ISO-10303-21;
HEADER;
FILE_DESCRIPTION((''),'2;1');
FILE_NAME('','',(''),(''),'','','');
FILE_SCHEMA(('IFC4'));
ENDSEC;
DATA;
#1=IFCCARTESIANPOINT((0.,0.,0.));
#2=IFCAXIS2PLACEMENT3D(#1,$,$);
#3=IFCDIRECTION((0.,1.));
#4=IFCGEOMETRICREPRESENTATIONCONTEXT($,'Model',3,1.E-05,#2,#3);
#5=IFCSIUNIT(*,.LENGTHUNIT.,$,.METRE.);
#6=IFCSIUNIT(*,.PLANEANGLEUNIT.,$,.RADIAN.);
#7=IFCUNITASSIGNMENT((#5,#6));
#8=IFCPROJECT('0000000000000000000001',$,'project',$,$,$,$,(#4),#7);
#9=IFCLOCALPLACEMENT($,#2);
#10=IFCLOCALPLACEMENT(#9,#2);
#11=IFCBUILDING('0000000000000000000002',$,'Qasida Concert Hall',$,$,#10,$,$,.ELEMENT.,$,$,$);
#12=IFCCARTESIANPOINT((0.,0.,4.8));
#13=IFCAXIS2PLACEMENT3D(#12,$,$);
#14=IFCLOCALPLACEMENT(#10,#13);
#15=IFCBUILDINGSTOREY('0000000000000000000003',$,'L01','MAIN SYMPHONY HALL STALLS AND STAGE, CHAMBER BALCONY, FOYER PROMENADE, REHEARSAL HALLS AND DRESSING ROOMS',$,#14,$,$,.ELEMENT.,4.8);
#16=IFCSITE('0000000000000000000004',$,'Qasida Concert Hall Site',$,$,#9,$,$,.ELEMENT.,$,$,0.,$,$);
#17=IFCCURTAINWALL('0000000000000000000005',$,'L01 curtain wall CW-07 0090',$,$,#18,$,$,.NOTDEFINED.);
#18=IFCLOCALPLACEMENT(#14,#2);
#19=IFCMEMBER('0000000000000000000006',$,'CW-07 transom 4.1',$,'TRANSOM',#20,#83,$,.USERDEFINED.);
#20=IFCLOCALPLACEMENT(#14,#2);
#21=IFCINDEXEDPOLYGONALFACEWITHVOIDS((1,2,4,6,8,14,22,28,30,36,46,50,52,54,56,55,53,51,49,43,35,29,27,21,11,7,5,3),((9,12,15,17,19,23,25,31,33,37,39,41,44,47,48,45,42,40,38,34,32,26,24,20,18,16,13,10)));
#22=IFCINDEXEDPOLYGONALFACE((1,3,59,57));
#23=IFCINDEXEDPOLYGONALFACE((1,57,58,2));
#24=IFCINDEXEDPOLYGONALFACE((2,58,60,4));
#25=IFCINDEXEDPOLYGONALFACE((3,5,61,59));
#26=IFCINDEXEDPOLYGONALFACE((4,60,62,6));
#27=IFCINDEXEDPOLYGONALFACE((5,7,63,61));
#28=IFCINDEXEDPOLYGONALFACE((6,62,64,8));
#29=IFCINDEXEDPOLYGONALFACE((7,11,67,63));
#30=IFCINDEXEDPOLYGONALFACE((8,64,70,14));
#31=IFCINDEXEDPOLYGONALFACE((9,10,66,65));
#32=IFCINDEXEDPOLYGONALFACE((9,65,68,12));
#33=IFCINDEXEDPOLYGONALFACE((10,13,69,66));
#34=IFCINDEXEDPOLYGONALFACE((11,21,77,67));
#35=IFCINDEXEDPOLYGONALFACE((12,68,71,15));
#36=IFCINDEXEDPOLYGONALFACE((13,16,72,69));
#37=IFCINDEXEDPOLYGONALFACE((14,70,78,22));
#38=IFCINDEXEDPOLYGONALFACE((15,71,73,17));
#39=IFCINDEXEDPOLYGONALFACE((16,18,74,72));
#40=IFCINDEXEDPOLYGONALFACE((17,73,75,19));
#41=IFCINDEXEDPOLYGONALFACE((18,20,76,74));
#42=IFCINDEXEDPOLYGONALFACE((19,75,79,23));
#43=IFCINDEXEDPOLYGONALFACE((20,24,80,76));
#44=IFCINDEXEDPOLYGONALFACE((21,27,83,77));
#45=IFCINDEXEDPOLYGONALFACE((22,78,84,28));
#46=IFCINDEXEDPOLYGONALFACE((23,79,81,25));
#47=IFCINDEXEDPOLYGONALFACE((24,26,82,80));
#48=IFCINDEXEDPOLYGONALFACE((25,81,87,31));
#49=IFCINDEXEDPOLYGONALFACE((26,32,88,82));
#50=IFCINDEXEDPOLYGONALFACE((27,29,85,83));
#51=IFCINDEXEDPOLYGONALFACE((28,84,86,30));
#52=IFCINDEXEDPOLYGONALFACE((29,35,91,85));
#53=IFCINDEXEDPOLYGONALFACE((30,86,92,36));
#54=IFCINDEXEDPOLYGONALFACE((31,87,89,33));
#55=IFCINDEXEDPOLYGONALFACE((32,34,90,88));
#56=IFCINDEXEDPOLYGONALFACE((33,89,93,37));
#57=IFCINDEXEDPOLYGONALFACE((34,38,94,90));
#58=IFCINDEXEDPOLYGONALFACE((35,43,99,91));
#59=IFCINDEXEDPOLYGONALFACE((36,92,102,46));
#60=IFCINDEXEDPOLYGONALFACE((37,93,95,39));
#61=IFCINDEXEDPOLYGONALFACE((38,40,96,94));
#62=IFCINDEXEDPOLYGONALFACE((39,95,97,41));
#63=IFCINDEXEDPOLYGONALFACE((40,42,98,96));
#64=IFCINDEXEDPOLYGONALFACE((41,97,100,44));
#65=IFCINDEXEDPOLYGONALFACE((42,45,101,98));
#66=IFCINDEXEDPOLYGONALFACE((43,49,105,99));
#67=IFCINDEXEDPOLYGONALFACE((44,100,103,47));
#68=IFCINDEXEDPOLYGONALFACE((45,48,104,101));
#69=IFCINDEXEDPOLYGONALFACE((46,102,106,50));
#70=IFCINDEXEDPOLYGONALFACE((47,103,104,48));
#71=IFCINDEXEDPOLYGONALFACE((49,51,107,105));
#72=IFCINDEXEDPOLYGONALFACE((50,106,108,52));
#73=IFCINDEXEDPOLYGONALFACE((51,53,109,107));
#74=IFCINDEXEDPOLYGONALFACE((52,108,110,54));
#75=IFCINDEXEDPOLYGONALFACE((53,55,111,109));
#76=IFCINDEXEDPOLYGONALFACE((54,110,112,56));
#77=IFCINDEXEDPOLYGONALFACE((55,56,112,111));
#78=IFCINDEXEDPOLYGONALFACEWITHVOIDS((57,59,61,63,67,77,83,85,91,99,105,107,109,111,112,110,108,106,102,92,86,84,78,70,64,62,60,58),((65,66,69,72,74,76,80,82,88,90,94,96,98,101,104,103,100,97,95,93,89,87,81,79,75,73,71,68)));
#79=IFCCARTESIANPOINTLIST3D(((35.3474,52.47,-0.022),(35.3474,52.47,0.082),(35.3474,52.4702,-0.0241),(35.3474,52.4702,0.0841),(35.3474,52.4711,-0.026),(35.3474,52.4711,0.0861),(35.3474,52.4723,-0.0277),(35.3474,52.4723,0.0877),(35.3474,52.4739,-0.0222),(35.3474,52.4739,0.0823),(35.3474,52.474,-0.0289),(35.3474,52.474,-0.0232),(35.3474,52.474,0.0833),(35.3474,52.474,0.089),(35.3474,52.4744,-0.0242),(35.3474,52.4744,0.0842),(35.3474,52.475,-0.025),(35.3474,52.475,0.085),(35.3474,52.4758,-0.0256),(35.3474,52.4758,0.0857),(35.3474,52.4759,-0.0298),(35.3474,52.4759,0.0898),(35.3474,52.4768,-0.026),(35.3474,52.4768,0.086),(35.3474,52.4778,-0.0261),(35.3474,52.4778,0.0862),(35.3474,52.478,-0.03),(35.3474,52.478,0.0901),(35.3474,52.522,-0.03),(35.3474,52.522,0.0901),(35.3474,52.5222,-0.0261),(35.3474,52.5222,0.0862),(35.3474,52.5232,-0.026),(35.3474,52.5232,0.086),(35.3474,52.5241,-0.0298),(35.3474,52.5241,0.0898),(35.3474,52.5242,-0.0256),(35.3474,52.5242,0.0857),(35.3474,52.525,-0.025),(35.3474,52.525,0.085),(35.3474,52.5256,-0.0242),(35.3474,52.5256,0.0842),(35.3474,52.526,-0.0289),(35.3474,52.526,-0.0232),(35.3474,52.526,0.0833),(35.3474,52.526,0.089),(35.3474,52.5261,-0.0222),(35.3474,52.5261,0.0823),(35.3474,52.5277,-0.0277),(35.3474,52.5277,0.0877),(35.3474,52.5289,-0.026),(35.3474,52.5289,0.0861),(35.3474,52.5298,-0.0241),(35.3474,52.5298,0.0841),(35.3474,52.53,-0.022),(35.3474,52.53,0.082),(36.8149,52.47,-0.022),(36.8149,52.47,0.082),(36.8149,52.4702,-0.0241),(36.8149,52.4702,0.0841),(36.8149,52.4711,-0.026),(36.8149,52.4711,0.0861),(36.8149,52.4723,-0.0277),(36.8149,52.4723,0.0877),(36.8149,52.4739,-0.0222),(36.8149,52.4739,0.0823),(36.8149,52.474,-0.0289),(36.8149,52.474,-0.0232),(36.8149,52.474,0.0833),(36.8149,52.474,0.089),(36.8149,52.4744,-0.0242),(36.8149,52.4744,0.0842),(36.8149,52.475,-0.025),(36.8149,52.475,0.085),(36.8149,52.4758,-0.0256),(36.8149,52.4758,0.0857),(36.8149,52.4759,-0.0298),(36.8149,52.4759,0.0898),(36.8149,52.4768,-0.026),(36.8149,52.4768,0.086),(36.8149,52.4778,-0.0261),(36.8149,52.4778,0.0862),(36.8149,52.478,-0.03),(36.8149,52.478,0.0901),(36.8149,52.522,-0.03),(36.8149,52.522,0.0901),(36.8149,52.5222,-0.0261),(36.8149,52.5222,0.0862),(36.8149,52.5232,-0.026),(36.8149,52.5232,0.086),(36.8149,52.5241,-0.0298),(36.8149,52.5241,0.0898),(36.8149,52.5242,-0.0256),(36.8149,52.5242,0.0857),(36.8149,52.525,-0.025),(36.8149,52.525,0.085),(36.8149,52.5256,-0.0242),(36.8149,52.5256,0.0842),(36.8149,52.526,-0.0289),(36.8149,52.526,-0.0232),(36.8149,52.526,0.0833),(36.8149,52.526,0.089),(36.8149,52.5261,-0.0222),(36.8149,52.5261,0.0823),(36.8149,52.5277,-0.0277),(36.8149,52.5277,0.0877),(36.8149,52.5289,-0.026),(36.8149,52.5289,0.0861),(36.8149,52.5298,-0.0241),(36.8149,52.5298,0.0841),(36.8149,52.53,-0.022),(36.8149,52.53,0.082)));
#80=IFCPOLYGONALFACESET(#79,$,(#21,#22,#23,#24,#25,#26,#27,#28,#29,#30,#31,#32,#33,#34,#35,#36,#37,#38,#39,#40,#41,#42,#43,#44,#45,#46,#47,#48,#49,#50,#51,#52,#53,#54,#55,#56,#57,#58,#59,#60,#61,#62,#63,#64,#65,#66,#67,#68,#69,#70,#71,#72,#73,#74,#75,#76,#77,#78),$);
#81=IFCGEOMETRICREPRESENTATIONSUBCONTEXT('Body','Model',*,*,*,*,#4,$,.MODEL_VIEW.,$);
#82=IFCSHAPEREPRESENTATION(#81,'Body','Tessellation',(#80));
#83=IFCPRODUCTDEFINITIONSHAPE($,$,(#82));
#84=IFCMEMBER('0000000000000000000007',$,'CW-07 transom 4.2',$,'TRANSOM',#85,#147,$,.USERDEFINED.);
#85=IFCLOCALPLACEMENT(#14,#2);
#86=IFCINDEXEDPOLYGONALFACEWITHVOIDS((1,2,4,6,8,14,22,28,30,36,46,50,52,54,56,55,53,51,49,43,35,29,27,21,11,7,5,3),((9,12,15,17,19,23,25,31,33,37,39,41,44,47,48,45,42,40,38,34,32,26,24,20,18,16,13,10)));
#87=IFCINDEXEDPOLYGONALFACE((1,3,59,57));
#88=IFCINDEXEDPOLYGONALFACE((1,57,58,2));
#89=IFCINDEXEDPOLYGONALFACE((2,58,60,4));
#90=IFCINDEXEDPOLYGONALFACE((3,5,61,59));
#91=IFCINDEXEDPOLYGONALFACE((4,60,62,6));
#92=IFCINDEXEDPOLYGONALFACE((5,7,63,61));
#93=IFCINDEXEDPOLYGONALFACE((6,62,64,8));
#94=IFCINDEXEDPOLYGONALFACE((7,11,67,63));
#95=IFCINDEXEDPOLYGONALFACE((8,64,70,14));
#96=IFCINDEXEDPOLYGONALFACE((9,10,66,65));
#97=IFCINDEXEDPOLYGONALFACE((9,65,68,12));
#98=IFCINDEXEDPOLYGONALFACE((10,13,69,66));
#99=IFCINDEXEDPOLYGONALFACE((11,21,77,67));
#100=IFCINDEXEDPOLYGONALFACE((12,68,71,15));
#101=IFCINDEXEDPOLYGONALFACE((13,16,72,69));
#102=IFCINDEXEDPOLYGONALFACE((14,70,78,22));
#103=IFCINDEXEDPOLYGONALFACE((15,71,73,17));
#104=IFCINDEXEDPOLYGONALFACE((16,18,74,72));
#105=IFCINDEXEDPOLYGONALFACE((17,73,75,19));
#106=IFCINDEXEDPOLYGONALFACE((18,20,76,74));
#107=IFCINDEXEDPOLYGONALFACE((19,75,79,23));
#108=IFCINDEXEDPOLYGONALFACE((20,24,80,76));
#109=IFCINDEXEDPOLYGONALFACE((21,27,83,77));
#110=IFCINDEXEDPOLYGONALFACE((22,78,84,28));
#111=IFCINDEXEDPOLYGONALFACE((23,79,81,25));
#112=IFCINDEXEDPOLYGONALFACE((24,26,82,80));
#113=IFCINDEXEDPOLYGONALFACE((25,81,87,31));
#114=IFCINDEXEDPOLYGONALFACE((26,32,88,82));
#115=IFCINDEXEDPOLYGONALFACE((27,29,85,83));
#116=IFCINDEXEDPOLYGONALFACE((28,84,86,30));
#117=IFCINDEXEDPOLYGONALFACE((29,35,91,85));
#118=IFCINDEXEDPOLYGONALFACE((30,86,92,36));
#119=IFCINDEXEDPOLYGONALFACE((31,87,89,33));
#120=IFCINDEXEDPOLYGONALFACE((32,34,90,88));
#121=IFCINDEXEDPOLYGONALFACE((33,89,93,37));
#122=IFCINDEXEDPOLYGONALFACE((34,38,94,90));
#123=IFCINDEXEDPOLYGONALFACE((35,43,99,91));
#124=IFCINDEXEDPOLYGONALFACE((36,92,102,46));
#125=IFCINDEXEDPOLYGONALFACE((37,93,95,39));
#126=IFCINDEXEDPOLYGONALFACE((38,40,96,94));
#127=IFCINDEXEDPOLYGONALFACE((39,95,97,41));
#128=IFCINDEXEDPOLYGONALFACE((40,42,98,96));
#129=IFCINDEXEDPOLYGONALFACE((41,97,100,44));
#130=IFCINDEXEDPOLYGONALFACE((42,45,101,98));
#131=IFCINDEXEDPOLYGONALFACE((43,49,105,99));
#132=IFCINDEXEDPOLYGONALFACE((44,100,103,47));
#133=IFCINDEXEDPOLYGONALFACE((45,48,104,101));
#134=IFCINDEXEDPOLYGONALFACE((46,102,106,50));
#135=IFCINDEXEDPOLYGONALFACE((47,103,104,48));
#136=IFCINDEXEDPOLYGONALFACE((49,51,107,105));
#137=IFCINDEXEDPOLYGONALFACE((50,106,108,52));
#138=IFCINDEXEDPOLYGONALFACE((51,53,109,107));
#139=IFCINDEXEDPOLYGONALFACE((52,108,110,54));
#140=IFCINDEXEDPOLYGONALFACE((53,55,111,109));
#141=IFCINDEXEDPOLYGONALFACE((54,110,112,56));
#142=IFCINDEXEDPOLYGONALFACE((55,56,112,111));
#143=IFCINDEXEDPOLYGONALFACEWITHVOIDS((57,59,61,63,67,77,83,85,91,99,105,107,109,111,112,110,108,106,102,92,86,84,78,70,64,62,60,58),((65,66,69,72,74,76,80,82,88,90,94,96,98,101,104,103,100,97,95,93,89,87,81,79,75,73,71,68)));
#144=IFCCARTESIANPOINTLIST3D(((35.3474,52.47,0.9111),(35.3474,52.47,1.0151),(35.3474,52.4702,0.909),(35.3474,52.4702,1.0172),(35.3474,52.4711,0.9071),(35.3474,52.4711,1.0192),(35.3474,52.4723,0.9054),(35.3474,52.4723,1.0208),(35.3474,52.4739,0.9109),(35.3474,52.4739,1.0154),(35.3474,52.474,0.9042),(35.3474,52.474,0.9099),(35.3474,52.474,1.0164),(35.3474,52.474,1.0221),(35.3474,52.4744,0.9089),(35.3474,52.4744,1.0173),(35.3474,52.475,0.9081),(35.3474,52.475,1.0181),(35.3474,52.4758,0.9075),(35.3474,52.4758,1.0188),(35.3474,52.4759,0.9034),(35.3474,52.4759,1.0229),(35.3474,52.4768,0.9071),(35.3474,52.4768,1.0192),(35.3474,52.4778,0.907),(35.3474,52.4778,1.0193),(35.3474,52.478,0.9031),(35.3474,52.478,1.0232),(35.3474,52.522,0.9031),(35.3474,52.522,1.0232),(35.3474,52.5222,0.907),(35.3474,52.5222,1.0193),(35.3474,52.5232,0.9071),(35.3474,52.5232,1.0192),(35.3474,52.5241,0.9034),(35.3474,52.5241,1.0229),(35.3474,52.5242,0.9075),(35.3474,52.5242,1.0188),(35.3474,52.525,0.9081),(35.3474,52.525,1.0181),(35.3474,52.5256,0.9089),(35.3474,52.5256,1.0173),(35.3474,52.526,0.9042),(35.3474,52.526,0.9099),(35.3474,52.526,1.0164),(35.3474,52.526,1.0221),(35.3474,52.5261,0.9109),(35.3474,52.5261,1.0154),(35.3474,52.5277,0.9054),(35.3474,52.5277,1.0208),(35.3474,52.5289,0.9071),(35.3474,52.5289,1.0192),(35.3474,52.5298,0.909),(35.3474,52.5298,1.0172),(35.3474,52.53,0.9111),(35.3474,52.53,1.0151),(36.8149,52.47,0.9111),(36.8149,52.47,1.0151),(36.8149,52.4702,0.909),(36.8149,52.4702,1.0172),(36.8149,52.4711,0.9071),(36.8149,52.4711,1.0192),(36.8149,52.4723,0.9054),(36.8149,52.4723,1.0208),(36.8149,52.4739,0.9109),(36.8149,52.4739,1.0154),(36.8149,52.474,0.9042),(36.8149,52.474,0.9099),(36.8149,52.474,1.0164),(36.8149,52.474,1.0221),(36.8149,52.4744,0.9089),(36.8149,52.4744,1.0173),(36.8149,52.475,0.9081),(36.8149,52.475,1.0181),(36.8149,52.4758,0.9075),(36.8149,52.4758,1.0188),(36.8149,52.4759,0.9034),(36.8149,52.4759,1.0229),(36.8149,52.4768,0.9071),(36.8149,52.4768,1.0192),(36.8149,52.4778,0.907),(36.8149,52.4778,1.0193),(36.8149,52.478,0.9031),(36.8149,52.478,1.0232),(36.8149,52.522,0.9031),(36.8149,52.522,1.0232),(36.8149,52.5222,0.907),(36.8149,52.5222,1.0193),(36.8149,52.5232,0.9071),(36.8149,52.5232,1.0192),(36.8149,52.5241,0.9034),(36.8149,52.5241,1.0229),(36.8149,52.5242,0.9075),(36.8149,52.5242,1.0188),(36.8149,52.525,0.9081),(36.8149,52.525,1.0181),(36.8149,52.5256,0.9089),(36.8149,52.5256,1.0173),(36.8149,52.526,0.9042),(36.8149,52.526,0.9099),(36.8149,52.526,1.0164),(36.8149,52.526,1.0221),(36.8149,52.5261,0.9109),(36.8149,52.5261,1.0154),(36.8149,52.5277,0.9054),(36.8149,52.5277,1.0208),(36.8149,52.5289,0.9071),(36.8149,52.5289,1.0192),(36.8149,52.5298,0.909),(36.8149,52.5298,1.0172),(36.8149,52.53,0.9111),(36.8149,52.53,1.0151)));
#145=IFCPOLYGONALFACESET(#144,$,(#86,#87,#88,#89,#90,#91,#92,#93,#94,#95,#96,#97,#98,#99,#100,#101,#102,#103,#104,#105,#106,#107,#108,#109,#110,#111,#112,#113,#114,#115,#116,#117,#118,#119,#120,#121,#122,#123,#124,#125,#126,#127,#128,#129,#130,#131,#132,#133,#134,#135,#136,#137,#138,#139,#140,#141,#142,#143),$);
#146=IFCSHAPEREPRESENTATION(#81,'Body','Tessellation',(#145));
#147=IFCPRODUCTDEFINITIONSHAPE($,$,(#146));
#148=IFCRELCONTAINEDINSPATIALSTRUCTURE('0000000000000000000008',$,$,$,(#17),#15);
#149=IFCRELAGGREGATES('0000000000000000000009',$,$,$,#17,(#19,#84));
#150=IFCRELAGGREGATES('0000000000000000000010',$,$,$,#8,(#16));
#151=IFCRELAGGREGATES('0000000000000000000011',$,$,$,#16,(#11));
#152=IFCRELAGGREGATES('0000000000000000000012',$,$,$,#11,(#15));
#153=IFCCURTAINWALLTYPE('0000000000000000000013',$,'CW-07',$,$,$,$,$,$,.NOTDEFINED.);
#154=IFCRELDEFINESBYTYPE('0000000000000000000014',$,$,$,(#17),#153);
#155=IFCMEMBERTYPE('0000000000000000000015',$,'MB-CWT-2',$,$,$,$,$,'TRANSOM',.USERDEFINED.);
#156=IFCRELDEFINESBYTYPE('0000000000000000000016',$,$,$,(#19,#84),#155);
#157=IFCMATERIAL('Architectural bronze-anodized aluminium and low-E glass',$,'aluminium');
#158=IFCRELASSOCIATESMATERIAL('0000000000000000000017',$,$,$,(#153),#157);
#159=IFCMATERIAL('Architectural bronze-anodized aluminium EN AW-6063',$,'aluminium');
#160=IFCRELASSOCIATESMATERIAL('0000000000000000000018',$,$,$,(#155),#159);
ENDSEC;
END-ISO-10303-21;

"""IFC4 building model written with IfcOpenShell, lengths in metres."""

from ifc_helpers import new_model, si_unit, direction, frame, origin, origin_2d, place, context, subcontext, project, spatial, hollow_rectangle, extrude, material, material_profile, profile_set, type_object, element, aggregate, save


model = new_model("IFC4")

# Units and contexts
model_context = context("Model", 3, precision=1e-05, world=origin(), true_north=direction((0.0, 1.0)))
body_context = subcontext(model_context, "Body", "Model", "MODEL_VIEW")
ifc_project = project(units=[si_unit("LENGTHUNIT", "METRE"), si_unit("PLANEANGLEUNIT", "RADIAN")], contexts=[model_context])

# Site, building, storey
site_placement = place(None, origin())
site = spatial("IfcSite", under=ifc_project, at=site_placement, Name="Qasida Concert Hall Site", CompositionType="ELEMENT", RefElevation=0.0)
building_placement = place(site_placement, origin())
building = spatial("IfcBuilding", under=site, at=building_placement, Name="Qasida Concert Hall", CompositionType="ELEMENT")
storey_placement = place(building_placement, frame((0.0, 0.0, 4.8)))
storey = spatial("IfcBuildingStorey", under=building, at=storey_placement, Name="L01", Description="MAIN SYMPHONY HALL STALLS AND STAGE, CHAMBER BALCONY, FOYER PROMENADE, REHEARSAL HALLS AND DRESSING ROOMS", CompositionType="ELEMENT", Elevation=4.8)

# Shared definitions
ifc_material_1 = material(Name="Architectural bronze-anodized aluminium and low-E glass", Category="aluminium")
ifc_material_2 = material(Name="Architectural bronze-anodized aluminium EN AW-6063", Category="aluminium")

# Curtain wall
curtain_wall_type_1 = type_object("IfcCurtainWallType", Name="CW-07", PredefinedType="NOTDEFINED", material=ifc_material_1)
curtain_wall_1_placement = place(storey_placement, origin())
curtain_wall_1 = element("IfcCurtainWall", 1, at=curtain_wall_1_placement, inside=storey, type_object=curtain_wall_type_1, Name="L01 curtain wall CW-07 0090", PredefinedType="NOTDEFINED")

# Members
ifc_material_profile_1 = material_profile(ifc_material_2, hollow_rectangle(XDim=0.0601, YDim=0.1201, WallThickness=0.0039, InnerFilletRadius=0.0039, OuterFilletRadius=0.0081, at=origin_2d()), Name="CWT 120x60x4")
ifc_profile_set_1 = profile_set([ifc_material_profile_1], Name="Architectural bronze-anodized aluminium EN AW-6063")
member_type_1 = type_object("IfcMemberType", Name="MB-CWT-2", ElementType="TRANSOM", PredefinedType="USERDEFINED", material=ifc_profile_set_1)
member_1_placement = place(storey_placement, frame((35.3474, 52.5, 0.03), z_axis=(1.0, 0.0, 0.0), x_axis=(0.0, 1.0, 0.0)))
member_1 = element("IfcMember", 2, at=member_1_placement, type_object=member_type_1, Name="CW-07 transom 4.1", ObjectType="TRANSOM", PredefinedType="USERDEFINED", context=body_context, shape_type="SweptSolid", body=[
    extrude(hollow_rectangle(XDim=0.0601, YDim=0.1201, WallThickness=0.0039, InnerFilletRadius=0.0039, OuterFilletRadius=0.0081, at=origin_2d()), origin(), (0.0, 0.0, 1.0), 1.4675),
])
member_2_placement = place(storey_placement, frame((35.3474, 52.5, 0.9631), z_axis=(1.0, 0.0, 0.0), x_axis=(0.0, 1.0, 0.0)))
member_2 = element("IfcMember", 3, at=member_2_placement, type_object=member_type_1, Name="CW-07 transom 4.2", ObjectType="TRANSOM", PredefinedType="USERDEFINED", context=body_context, shape_type="SweptSolid", body=[
    extrude(hollow_rectangle(XDim=0.0601, YDim=0.1201, WallThickness=0.0039, InnerFilletRadius=0.0039, OuterFilletRadius=0.0081, at=origin_2d()), origin(), (0.0, 0.0, 1.0), 1.4675),
])

aggregate(curtain_wall_1, [member_1, member_2])

save(model, "model.ifc")
